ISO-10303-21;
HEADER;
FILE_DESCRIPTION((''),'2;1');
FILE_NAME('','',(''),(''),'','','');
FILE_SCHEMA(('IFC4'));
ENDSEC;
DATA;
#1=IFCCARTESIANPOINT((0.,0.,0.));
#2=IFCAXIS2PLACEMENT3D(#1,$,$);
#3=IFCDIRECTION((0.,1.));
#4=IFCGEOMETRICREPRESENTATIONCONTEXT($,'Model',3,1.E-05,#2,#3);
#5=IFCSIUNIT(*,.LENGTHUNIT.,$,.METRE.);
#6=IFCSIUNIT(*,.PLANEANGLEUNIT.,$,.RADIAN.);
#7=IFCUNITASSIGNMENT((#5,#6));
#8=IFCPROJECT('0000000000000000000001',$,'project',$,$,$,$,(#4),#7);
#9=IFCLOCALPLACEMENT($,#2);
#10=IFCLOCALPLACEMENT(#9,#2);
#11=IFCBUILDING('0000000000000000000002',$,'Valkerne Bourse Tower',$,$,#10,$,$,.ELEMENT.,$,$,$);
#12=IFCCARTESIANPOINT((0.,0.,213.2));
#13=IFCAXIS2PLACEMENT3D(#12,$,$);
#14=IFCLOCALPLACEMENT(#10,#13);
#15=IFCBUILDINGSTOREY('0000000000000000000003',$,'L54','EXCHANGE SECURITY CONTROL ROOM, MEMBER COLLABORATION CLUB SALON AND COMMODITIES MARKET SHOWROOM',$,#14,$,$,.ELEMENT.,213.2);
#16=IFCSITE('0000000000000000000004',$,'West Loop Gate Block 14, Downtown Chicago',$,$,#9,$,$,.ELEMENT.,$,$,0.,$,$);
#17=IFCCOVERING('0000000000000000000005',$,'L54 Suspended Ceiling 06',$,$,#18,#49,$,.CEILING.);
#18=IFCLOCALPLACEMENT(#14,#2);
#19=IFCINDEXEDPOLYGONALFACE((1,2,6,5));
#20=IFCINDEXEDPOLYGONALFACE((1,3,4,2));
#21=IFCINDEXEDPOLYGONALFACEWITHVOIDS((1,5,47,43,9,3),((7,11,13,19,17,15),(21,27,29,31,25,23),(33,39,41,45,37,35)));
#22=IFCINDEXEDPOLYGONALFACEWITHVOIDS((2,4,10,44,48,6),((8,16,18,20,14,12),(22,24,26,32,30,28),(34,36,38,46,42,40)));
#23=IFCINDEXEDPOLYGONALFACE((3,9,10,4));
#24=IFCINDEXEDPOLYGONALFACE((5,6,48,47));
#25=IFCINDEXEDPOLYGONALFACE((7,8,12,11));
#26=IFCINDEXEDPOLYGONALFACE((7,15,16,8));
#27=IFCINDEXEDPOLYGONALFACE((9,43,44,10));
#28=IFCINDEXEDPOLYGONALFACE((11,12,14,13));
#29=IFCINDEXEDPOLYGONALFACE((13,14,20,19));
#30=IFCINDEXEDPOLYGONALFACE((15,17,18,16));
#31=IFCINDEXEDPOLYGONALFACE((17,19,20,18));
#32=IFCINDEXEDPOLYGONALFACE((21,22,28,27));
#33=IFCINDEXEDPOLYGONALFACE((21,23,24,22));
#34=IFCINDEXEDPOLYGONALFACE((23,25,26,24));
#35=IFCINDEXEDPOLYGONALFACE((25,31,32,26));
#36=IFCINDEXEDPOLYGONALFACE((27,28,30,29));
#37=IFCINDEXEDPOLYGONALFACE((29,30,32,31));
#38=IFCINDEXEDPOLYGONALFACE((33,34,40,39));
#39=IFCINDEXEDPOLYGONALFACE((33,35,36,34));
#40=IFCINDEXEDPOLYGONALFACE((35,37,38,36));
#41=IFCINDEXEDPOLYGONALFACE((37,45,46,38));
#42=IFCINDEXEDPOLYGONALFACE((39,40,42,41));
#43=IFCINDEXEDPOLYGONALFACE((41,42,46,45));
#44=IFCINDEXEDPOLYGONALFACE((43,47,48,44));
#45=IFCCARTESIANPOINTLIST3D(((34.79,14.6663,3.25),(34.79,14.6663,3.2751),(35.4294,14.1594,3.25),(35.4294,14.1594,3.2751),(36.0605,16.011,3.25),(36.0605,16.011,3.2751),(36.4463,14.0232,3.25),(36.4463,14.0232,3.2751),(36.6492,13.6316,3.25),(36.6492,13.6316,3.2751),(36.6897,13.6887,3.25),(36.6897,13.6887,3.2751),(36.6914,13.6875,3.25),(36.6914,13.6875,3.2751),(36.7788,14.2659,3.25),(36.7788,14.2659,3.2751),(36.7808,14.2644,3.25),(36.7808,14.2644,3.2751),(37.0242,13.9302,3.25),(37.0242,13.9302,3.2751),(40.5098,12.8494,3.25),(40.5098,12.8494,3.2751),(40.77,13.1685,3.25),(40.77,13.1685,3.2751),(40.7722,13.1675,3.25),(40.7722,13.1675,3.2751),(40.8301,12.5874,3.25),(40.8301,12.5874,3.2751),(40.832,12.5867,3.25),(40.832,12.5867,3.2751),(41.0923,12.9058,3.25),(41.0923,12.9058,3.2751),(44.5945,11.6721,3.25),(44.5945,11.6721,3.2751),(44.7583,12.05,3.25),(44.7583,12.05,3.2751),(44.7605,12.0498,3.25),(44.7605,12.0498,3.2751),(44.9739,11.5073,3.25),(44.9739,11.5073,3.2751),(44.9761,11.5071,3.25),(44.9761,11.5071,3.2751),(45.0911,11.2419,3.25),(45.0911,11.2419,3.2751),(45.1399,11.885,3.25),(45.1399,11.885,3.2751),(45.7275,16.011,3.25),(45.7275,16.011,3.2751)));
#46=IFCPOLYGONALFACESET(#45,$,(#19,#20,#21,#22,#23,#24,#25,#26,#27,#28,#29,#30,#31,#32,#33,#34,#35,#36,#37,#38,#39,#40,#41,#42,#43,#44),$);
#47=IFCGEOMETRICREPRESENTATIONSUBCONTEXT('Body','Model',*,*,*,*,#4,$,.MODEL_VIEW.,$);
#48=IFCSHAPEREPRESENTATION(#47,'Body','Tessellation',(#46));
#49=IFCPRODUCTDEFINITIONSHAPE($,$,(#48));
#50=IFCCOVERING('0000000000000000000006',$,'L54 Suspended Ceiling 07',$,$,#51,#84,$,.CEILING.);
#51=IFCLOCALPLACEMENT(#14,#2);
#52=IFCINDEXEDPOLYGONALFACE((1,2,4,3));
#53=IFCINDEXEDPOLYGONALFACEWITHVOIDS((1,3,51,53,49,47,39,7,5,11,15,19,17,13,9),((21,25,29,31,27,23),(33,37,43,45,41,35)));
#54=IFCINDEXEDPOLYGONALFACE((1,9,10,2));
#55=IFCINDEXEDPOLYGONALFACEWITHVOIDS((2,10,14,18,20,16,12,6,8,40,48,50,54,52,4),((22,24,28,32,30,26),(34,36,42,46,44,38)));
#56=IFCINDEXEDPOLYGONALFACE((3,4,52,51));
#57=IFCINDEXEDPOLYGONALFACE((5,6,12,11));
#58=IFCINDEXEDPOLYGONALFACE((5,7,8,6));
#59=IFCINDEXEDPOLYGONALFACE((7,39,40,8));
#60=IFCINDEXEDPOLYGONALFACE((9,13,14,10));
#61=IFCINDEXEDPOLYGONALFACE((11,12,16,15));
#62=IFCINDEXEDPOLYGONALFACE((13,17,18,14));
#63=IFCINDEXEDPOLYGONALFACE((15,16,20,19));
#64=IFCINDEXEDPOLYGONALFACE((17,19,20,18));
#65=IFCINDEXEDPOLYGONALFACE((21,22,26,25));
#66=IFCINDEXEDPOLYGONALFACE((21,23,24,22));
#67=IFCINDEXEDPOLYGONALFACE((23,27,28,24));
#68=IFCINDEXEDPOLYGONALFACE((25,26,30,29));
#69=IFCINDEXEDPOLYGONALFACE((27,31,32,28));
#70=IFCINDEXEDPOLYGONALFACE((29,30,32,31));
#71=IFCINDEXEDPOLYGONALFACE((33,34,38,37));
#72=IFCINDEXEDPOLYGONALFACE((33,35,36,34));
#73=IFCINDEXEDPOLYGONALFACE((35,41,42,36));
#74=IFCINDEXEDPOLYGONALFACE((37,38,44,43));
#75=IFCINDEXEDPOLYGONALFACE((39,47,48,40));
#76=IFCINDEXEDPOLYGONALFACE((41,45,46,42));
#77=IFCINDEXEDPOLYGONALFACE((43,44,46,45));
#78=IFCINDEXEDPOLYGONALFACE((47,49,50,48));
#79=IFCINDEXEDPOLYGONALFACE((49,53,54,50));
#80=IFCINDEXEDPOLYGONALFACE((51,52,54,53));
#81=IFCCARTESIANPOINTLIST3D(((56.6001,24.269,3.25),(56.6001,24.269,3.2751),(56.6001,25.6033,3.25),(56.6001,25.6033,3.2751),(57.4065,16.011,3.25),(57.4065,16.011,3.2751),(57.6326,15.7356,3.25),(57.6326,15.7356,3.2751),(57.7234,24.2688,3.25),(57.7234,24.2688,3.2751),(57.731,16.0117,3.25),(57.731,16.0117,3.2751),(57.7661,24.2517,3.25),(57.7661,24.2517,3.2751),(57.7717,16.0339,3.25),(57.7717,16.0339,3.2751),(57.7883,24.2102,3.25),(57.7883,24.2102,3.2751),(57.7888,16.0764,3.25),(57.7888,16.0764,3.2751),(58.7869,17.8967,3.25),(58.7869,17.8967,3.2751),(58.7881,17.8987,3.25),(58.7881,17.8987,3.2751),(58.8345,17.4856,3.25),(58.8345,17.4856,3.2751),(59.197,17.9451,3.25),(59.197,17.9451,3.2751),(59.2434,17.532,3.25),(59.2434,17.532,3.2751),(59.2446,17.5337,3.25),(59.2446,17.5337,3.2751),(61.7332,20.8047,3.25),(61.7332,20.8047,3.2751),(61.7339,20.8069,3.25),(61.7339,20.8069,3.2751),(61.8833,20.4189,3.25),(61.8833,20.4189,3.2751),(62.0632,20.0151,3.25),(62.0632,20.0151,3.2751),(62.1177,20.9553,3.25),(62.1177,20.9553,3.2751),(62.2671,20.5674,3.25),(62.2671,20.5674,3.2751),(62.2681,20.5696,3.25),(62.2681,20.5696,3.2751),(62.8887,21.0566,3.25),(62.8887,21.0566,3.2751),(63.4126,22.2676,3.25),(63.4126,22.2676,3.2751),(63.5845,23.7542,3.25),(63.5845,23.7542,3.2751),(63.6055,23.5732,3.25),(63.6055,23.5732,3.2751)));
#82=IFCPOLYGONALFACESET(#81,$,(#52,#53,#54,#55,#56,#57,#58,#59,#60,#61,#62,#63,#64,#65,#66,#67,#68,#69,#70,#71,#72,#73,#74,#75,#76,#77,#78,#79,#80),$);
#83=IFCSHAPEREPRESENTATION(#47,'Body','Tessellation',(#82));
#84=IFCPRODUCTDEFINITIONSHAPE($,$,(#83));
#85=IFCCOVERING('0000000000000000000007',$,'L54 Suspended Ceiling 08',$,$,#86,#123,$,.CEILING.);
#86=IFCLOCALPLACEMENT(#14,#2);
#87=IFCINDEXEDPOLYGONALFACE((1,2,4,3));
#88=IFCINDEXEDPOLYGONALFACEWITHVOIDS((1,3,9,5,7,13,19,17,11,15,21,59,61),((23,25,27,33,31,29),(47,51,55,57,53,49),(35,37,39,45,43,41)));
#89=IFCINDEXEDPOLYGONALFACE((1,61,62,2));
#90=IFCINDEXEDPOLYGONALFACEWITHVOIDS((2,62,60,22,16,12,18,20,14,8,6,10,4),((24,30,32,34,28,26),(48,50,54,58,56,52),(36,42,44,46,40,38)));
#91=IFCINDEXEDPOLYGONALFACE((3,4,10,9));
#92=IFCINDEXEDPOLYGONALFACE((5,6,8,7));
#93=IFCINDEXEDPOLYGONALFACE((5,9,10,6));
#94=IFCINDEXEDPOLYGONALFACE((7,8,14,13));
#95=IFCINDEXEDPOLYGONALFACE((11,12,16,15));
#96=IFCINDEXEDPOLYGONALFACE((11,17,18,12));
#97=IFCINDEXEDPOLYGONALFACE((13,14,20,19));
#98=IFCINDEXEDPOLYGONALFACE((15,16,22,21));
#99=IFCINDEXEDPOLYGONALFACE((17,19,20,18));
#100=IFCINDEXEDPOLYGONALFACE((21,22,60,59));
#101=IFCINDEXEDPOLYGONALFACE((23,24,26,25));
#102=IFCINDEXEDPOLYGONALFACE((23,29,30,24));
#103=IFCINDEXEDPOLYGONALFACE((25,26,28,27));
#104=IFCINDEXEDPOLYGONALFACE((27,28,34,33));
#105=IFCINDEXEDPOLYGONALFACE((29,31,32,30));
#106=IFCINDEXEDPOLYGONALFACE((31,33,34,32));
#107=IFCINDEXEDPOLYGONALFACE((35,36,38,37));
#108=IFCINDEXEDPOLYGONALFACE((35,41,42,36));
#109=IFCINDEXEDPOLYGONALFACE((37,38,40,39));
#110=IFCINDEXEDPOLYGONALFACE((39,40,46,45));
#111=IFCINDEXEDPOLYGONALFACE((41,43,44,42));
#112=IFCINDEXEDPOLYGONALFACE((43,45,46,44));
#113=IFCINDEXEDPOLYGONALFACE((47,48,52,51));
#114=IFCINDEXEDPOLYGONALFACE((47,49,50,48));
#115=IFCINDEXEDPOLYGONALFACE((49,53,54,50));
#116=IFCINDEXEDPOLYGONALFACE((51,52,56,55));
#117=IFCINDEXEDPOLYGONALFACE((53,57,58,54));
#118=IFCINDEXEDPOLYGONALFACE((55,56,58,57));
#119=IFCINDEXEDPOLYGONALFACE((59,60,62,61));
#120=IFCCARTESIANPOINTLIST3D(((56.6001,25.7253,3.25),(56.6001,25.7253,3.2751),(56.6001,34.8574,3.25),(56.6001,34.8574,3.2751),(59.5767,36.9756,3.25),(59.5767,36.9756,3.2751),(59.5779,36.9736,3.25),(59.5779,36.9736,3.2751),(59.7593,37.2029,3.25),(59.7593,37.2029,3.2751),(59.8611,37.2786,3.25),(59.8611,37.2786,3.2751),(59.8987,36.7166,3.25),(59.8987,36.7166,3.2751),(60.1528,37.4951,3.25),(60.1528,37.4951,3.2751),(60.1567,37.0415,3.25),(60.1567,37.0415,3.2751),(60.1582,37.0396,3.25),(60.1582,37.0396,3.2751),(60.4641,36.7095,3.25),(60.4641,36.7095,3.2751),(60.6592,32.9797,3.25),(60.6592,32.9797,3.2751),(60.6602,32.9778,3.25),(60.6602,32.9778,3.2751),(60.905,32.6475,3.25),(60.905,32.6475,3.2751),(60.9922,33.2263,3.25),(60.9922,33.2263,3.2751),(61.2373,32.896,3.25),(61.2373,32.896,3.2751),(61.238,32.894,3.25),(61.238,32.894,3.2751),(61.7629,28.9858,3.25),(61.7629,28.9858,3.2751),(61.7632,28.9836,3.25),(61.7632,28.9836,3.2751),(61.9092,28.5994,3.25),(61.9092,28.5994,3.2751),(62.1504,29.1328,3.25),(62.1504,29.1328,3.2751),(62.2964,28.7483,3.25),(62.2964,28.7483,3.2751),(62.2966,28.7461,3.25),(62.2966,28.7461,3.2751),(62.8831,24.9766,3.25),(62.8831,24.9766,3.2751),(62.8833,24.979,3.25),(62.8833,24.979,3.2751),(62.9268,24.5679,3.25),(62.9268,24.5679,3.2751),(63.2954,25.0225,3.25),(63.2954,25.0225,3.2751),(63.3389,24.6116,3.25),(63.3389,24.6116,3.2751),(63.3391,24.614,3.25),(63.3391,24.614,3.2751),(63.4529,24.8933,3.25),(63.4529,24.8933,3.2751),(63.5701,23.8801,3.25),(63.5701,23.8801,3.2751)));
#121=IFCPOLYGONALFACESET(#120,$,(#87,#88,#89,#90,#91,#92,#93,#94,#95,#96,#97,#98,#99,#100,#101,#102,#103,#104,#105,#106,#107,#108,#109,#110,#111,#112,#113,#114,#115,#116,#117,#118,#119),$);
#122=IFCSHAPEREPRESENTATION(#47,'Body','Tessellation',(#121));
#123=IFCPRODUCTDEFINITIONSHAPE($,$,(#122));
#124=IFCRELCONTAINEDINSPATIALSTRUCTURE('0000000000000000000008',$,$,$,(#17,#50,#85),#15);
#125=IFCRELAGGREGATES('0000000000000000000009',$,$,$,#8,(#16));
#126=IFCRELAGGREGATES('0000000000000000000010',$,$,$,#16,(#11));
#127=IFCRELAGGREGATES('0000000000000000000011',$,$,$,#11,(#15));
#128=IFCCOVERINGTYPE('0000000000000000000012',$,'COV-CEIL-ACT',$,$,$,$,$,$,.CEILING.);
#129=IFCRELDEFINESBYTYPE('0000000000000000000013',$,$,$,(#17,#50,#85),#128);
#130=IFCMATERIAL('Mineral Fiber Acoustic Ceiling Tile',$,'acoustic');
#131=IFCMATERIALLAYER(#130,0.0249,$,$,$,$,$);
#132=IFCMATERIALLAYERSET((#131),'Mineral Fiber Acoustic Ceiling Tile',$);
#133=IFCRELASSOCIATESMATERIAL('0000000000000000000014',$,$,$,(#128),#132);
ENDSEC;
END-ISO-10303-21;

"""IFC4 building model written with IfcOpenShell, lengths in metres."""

from ifc_helpers import new_model, si_unit, direction, frame, origin, place, context, subcontext, project, spatial, polyline, outline, extrude, material, layer, layer_set, type_object, element, save


model = new_model("IFC4")

# Units and contexts
model_context = context("Model", 3, precision=1e-05, world=origin(), true_north=direction((0.0, 1.0)))
body_context = subcontext(model_context, "Body", "Model", "MODEL_VIEW")
ifc_project = project(units=[si_unit("LENGTHUNIT", "METRE"), si_unit("PLANEANGLEUNIT", "RADIAN")], contexts=[model_context])

# Site, building, storey
site_placement = place(None, origin())
site = spatial("IfcSite", under=ifc_project, at=site_placement, Name="West Loop Gate Block 14, Downtown Chicago", CompositionType="ELEMENT", RefElevation=0.0)
building_placement = place(site_placement, origin())
building = spatial("IfcBuilding", under=site, at=building_placement, Name="Valkerne Bourse Tower", CompositionType="ELEMENT")
storey_placement = place(building_placement, frame((0.0, 0.0, 213.2)))
storey = spatial("IfcBuildingStorey", under=building, at=storey_placement, Name="L54", Description="EXCHANGE SECURITY CONTROL ROOM, MEMBER COLLABORATION CLUB SALON AND COMMODITIES MARKET SHOWROOM", CompositionType="ELEMENT", Elevation=213.2)

# Coverings
ifc_material_1 = material(Name="Mineral Fiber Acoustic Ceiling Tile", Category="acoustic")
ifc_layer_1 = layer(ifc_material_1, 0.0249)
ifc_layer_set_1 = layer_set([ifc_layer_1], Name="Mineral Fiber Acoustic Ceiling Tile")
covering_type_1 = type_object("IfcCoveringType", Name="COV-CEIL-ACT", PredefinedType="CEILING", material=ifc_layer_set_1)
covering_1_placement = place(storey_placement, frame((0.0, 0.0, 3.25)))
element("IfcCovering", 1, at=covering_1_placement, inside=storey, type_object=covering_type_1, Name="L54 Suspended Ceiling 06", PredefinedType="CEILING", context=body_context, shape_type="SweptSolid", body=[
    extrude(outline(polyline([(34.79, 14.6663), (36.0605, 16.011), (45.7275, 16.011), (45.0911, 11.2419), (36.6492, 13.6316), (35.4294, 14.1594), (34.79, 14.6663)]), holes=[polyline([(44.7605, 12.0498), (44.7583, 12.05), (44.5945, 11.6721), (44.9739, 11.5073), (44.9761, 11.5071), (45.1399, 11.885), (44.7605, 12.0498)]), polyline([(40.7722, 13.1675), (40.77, 13.1685), (40.5098, 12.8494), (40.8301, 12.5874), (40.832, 12.5867), (41.0923, 12.9058), (40.7722, 13.1675)]), polyline([(36.7808, 14.2644), (36.7788, 14.2659), (36.4463, 14.0232), (36.6897, 13.6887), (36.6914, 13.6875), (37.0242, 13.9302), (36.7808, 14.2644)])]), origin(), (0.0, 0.0, 1.0), 0.0251),
])
covering_2_placement = place(storey_placement, frame((0.0, 0.0, 3.25)))
element("IfcCovering", 2, at=covering_2_placement, inside=storey, type_object=covering_type_1, Name="L54 Suspended Ceiling 07", PredefinedType="CEILING", context=body_context, shape_type="SweptSolid", body=[
    extrude(outline(polyline([(62.8887, 21.0566), (62.0632, 20.0151), (57.6326, 15.7356), (57.4065, 16.011), (57.731, 16.0117), (57.7717, 16.0339), (57.7888, 16.0764), (57.7883, 24.2102), (57.7661, 24.2517), (57.7234, 24.2688), (56.6001, 24.269), (56.6001, 25.6033), (63.5845, 23.7542), (63.6055, 23.5732), (63.4126, 22.2676), (62.8887, 21.0566)]), holes=[polyline([(59.2446, 17.5337), (59.197, 17.9451), (58.7881, 17.8987), (58.7869, 17.8967), (58.8345, 17.4856), (59.2434, 17.532), (59.2446, 17.5337)]), polyline([(62.2681, 20.5696), (62.1177, 20.9553), (61.7339, 20.8069), (61.7332, 20.8047), (61.8833, 20.4189), (62.2671, 20.5674), (62.2681, 20.5696)])]), origin(), (0.0, 0.0, 1.0), 0.0251),
])
covering_3_placement = place(storey_placement, frame((0.0, 0.0, 3.25)))
element("IfcCovering", 3, at=covering_3_placement, inside=storey, type_object=covering_type_1, Name="L54 Suspended Ceiling 08", PredefinedType="CEILING", context=body_context, shape_type="SweptSolid", body=[
    extrude(outline(polyline([(59.7593, 37.2029), (59.5767, 36.9756), (59.5779, 36.9736), (59.8987, 36.7166), (60.1582, 37.0396), (60.1567, 37.0415), (59.8611, 37.2786), (60.1528, 37.4951), (60.4641, 36.7095), (63.4529, 24.8933), (63.5701, 23.8801), (56.6001, 25.7253), (56.6001, 34.8574), (59.7593, 37.2029)]), holes=[polyline([(63.3391, 24.614), (63.2954, 25.0225), (62.8833, 24.979), (62.8831, 24.9766), (62.9268, 24.5679), (63.3389, 24.6116), (63.3391, 24.614)]), polyline([(62.2964, 28.7483), (62.1504, 29.1328), (61.7629, 28.9858), (61.7632, 28.9836), (61.9092, 28.5994), (62.2966, 28.7461), (62.2964, 28.7483)]), polyline([(61.2373, 32.896), (60.9922, 33.2263), (60.6592, 32.9797), (60.6602, 32.9778), (60.905, 32.6475), (61.238, 32.894), (61.2373, 32.896)])]), origin(), (0.0, 0.0, 1.0), 0.0251),
])

save(model, "model.ifc")
